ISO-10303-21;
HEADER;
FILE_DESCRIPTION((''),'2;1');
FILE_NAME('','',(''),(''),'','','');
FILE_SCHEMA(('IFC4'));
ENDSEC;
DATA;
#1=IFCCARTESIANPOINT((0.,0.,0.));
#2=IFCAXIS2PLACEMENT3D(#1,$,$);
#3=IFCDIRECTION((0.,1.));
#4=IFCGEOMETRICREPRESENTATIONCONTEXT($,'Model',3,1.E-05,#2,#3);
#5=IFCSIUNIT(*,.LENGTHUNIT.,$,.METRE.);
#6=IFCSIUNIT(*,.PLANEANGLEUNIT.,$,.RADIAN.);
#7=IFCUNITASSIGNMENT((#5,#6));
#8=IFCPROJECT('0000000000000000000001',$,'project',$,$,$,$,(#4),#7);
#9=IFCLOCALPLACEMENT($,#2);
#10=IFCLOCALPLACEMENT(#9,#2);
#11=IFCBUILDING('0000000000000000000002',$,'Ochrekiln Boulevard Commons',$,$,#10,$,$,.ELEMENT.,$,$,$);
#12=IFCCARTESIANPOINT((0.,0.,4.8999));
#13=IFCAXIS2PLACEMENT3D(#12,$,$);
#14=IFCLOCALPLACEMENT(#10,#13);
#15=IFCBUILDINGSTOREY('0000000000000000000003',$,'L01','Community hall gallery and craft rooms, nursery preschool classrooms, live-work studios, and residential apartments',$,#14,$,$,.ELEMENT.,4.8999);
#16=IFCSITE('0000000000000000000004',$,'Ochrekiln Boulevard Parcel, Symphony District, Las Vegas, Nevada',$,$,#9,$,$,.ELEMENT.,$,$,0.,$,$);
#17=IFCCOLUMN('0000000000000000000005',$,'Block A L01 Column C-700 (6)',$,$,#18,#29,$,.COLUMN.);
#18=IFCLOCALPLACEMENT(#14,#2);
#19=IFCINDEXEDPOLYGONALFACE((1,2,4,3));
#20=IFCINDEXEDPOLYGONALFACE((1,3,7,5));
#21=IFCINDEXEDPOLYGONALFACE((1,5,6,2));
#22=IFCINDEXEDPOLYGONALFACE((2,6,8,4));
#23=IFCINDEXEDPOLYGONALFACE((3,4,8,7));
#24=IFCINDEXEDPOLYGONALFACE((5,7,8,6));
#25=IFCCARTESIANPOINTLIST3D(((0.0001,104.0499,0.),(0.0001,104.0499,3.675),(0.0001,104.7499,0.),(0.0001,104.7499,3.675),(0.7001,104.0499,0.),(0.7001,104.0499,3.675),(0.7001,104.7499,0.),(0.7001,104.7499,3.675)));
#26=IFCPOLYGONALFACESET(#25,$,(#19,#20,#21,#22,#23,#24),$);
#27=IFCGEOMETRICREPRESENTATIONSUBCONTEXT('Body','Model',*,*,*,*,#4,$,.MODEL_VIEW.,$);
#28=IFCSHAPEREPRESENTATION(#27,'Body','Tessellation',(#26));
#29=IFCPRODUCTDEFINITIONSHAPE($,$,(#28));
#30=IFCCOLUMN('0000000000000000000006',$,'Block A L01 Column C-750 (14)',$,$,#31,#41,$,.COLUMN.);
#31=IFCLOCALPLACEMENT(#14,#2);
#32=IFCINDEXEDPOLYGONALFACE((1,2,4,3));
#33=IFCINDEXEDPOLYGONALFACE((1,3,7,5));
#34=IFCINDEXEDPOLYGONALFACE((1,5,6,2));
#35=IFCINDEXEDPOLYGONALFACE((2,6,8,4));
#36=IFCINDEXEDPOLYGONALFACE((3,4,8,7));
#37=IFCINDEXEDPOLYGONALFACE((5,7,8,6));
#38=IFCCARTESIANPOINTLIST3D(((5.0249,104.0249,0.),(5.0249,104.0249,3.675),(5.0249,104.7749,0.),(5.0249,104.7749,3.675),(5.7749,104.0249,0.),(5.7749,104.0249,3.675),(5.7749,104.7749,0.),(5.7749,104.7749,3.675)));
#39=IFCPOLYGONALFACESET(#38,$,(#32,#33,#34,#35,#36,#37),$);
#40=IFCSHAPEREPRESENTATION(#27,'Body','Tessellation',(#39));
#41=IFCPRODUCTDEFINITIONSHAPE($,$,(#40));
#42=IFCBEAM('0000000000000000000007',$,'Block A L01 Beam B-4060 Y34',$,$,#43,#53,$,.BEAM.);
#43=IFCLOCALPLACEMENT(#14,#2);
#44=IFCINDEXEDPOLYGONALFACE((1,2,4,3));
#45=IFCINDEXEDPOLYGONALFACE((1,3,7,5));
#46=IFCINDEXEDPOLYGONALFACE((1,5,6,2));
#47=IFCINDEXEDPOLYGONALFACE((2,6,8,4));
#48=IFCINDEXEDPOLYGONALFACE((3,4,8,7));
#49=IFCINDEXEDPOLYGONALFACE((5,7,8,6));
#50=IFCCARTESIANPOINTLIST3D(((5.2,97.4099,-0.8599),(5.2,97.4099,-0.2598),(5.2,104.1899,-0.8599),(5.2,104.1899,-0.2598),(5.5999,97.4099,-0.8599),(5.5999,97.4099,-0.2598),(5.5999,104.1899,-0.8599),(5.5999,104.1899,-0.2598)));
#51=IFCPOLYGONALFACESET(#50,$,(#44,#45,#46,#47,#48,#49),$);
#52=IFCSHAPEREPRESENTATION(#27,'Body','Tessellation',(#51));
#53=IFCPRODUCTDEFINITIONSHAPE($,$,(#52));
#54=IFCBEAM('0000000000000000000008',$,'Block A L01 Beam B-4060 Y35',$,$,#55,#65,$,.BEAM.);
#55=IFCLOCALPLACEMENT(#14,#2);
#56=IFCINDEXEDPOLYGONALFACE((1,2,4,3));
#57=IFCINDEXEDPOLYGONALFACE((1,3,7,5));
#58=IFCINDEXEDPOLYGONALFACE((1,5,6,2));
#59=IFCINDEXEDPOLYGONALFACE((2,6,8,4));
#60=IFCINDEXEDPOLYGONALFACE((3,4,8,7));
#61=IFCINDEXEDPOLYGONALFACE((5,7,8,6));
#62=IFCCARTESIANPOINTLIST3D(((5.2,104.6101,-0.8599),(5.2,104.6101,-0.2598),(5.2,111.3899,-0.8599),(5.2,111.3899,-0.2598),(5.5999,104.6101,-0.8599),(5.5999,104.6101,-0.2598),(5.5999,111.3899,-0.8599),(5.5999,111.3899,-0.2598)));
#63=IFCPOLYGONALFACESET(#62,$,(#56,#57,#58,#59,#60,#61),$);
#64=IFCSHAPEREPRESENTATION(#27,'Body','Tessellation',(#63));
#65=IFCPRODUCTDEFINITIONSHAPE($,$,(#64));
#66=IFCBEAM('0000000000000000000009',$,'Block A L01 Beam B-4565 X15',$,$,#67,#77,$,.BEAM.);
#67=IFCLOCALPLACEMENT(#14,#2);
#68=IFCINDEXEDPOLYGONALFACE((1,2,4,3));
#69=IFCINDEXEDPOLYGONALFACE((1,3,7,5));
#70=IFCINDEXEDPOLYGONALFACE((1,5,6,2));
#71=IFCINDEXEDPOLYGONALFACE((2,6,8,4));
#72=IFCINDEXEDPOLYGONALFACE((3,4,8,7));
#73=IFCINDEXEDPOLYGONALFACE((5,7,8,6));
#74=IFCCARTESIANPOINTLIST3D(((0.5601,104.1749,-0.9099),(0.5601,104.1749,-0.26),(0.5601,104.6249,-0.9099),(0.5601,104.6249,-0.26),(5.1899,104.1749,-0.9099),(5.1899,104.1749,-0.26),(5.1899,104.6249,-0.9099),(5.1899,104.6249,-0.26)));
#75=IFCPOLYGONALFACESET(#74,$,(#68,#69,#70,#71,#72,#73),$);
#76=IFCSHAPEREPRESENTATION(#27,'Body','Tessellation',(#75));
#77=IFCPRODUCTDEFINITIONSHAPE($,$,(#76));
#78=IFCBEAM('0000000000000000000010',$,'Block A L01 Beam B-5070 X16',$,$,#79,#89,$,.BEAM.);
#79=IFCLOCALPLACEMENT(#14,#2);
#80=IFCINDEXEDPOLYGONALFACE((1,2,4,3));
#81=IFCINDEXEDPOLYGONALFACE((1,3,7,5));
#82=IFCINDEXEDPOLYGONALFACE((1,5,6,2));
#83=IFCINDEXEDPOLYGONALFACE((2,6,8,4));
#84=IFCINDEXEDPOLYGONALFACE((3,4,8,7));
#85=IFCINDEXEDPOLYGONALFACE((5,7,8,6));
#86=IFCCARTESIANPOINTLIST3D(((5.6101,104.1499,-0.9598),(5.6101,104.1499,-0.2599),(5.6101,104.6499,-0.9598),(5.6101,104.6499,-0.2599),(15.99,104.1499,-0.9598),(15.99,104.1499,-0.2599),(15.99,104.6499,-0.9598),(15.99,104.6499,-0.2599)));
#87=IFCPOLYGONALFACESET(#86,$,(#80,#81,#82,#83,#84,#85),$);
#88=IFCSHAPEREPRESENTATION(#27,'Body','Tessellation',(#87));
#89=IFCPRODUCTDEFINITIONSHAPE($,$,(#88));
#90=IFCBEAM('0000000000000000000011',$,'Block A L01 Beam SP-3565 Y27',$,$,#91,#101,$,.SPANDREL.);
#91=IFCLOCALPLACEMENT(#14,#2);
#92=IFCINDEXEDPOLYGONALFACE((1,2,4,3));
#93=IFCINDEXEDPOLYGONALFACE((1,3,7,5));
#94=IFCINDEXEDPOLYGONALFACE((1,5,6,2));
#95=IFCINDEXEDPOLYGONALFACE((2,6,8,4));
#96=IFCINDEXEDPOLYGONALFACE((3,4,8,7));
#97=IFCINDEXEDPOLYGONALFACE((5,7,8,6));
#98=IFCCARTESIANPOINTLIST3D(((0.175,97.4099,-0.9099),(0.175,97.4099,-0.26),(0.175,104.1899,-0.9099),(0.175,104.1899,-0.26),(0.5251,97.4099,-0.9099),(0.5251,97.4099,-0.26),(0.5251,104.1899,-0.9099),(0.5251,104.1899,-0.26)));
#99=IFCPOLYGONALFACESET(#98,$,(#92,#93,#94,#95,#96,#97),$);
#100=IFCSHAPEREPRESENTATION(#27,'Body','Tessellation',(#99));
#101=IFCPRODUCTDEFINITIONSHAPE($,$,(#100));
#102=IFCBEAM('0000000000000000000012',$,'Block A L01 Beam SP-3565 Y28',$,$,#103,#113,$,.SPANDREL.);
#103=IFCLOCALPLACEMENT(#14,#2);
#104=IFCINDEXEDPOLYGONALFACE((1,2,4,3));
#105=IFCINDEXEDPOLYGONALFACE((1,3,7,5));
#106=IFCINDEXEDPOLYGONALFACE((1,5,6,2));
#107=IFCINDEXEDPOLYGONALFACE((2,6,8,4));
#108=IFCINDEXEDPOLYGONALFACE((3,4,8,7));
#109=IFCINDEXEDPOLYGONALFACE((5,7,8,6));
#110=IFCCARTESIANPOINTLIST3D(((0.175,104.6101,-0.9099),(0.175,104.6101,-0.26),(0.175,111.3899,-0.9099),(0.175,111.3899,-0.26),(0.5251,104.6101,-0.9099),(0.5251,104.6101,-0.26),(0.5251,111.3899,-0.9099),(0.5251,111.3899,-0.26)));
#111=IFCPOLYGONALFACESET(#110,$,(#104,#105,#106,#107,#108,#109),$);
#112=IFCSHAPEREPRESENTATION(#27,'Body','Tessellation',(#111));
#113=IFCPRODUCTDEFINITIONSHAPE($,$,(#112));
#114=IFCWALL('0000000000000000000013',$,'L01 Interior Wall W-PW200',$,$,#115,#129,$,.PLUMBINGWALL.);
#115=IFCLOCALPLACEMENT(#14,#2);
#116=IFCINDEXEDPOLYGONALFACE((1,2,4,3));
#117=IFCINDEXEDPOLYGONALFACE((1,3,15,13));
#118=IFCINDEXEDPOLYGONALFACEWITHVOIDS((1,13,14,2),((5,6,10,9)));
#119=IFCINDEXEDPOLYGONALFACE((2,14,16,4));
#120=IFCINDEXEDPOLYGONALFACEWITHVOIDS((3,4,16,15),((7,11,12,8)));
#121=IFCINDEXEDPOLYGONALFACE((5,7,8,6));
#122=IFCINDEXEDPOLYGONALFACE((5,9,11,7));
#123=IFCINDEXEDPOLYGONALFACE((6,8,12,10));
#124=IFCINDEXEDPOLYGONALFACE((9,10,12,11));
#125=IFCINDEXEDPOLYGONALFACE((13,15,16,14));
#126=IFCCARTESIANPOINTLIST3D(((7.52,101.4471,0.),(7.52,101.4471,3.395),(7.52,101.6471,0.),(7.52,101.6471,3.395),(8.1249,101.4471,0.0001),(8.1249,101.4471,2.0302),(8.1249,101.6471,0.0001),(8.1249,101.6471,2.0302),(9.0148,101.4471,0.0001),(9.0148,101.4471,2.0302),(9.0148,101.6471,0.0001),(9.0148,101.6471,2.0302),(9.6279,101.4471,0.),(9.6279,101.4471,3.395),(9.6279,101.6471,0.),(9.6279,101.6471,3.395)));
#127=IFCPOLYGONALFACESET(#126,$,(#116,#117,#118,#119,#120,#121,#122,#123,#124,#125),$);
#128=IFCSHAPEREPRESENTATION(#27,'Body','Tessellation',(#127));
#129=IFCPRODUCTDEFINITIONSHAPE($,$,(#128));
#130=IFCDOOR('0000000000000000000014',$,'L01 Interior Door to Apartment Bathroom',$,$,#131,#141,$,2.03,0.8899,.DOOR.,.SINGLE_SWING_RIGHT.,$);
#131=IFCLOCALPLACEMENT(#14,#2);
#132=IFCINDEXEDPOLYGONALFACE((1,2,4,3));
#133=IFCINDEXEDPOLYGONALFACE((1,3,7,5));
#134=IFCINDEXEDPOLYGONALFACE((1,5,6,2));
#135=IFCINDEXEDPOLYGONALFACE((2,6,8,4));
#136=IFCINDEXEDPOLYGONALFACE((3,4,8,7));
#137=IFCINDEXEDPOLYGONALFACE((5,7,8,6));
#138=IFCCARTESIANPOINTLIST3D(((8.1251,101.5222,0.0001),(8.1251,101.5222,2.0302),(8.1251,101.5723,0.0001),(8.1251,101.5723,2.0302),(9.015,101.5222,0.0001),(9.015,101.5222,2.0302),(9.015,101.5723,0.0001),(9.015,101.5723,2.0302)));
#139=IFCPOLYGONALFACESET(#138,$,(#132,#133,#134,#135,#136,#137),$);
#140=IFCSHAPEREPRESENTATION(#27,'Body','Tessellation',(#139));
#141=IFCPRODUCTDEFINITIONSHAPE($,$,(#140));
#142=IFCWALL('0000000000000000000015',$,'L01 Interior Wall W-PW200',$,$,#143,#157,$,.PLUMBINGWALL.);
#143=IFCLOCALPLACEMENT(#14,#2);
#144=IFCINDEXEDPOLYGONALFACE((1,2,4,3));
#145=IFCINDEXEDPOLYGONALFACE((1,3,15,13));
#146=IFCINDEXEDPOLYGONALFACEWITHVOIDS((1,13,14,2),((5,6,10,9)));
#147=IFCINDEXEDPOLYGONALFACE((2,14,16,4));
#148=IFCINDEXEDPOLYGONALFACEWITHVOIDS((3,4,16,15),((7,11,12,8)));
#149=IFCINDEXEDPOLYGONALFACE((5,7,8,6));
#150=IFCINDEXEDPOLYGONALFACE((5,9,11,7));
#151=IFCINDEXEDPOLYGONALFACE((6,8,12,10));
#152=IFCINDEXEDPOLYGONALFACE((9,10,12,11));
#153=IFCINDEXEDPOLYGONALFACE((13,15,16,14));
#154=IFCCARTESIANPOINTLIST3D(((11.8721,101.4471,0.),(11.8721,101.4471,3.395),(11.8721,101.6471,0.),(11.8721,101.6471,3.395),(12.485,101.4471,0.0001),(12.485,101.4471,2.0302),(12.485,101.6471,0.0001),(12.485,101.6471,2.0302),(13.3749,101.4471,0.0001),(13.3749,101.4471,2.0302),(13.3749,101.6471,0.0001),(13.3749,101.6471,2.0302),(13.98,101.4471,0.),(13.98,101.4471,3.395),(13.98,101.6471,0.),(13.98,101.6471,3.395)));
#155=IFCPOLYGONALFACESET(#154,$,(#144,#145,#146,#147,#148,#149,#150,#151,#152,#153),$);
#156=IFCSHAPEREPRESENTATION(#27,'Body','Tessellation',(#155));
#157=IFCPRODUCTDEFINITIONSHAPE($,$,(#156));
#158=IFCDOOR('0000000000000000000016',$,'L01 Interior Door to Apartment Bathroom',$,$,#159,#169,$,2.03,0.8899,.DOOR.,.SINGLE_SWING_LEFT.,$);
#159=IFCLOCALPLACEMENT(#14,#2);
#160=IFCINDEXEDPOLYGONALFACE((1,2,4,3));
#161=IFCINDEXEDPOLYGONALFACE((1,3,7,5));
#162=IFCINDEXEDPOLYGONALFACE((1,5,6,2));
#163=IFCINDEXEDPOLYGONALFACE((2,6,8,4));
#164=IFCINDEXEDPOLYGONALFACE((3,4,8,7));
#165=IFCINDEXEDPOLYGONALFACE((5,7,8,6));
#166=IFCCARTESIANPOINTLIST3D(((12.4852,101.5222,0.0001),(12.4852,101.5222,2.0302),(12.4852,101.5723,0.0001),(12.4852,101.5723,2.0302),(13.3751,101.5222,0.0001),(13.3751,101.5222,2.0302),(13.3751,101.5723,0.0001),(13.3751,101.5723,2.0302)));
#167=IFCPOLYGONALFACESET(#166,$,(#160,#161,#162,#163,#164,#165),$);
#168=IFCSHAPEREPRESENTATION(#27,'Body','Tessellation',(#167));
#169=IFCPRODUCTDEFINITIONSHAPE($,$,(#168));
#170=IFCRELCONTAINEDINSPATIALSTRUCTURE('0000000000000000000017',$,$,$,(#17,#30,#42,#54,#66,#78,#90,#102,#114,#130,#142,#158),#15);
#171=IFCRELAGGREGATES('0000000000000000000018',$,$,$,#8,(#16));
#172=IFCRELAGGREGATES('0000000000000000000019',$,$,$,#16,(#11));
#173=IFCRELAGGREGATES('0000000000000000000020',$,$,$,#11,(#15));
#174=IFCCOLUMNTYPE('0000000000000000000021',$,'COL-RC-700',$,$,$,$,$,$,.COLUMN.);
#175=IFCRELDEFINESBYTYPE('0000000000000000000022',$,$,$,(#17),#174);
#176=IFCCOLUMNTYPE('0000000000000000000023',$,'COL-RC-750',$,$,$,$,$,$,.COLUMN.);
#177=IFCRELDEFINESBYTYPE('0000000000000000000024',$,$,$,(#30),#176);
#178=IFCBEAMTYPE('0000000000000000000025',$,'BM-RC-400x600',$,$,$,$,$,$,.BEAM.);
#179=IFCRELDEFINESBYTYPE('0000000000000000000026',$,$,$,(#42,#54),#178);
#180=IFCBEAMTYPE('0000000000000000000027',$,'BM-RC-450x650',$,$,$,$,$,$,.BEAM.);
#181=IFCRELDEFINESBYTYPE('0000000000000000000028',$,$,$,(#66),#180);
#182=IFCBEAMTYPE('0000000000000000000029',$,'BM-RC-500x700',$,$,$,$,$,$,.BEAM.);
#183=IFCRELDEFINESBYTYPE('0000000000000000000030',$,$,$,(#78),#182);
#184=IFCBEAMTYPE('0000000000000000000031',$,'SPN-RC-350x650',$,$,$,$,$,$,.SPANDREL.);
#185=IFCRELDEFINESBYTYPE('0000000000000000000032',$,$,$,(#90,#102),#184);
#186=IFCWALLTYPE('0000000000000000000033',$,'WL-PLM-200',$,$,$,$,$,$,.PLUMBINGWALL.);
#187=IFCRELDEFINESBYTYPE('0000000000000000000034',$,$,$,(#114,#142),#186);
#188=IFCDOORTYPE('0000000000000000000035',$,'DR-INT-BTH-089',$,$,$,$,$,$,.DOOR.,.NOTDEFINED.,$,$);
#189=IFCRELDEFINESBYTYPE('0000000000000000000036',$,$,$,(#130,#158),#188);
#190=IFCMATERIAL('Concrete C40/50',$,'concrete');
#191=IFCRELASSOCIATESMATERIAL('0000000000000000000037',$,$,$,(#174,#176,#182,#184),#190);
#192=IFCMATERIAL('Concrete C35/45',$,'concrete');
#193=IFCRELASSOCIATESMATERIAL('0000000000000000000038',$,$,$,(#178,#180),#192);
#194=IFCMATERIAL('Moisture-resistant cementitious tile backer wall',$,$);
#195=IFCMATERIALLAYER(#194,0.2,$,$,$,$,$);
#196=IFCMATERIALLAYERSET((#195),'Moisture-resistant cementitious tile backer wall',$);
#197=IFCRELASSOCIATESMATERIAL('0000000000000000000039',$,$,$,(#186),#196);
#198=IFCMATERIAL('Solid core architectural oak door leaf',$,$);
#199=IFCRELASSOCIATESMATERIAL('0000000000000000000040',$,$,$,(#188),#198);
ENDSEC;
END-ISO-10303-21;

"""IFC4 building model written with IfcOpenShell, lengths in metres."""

from ifc_helpers import new_model, si_unit, direction, frame, frame_2d, origin, origin_2d, place, context, subcontext, project, spatial, rectangle, extrude, material, layer, layer_set, material_profile, profile_set, type_object, element, fill, save


model = new_model("IFC4")

# Units and contexts
model_context = context("Model", 3, precision=1e-05, world=origin(), true_north=direction((0.0, 1.0)))
body_context = subcontext(model_context, "Body", "Model", "MODEL_VIEW")
ifc_project = project(units=[si_unit("LENGTHUNIT", "METRE"), si_unit("PLANEANGLEUNIT", "RADIAN")], contexts=[model_context])

# Site, building, storey
site_placement = place(None, origin())
site = spatial("IfcSite", under=ifc_project, at=site_placement, Name="Ochrekiln Boulevard Parcel, Symphony District, Las Vegas, Nevada", CompositionType="ELEMENT", RefElevation=0.0)
building_placement = place(site_placement, origin())
building = spatial("IfcBuilding", under=site, at=building_placement, Name="Ochrekiln Boulevard Commons", CompositionType="ELEMENT")
storey_placement = place(building_placement, frame((0.0, 0.0, 4.8999)))
storey = spatial("IfcBuildingStorey", under=building, at=storey_placement, Name="L01", Description="Community hall gallery and craft rooms, nursery preschool classrooms, live-work studios, and residential apartments", CompositionType="ELEMENT", Elevation=4.8999)

# Columns
ifc_material_1 = material(Name="Concrete C40/50", Category="concrete")
ifc_material_profile_1 = material_profile(ifc_material_1, rectangle(XDim=0.7, YDim=0.7, at=origin_2d()), Name="RC-COL-700x700")
ifc_profile_set_1 = profile_set([ifc_material_profile_1], Name="Concrete C40/50")
column_type_1 = type_object("IfcColumnType", Name="COL-RC-700", PredefinedType="COLUMN", material=ifc_profile_set_1)
column_1_placement = place(storey_placement, frame((0.3501, 104.3999, 0.0), z_axis=(0.0, 0.0, 1.0), x_axis=(1.0, 0.0, 0.0)))
element("IfcColumn", 1, at=column_1_placement, inside=storey, type_object=column_type_1, Name="Block A L01 Column C-700 (6)", PredefinedType="COLUMN", context=body_context, shape_type="SweptSolid", body=[
    extrude(rectangle(XDim=0.7, YDim=0.7, at=origin_2d()), origin(), (0.0, 0.0, 1.0), 3.675),
])
ifc_material_profile_2 = material_profile(ifc_material_1, rectangle(XDim=0.75, YDim=0.75, at=origin_2d()), Name="RC-COL-750x750")
ifc_profile_set_2 = profile_set([ifc_material_profile_2], Name="Concrete C40/50")
column_type_2 = type_object("IfcColumnType", Name="COL-RC-750", PredefinedType="COLUMN", material=ifc_profile_set_2)
column_2_placement = place(storey_placement, frame((5.3999, 104.3999, 0.0), z_axis=(0.0, 0.0, 1.0), x_axis=(1.0, 0.0, 0.0)))
element("IfcColumn", 2, at=column_2_placement, inside=storey, type_object=column_type_2, Name="Block A L01 Column C-750 (14)", PredefinedType="COLUMN", context=body_context, shape_type="SweptSolid", body=[
    extrude(rectangle(XDim=0.75, YDim=0.75, at=origin_2d()), origin(), (0.0, 0.0, 1.0), 3.675),
])

# Beams
ifc_material_2 = material(Name="Concrete C35/45", Category="concrete")
ifc_material_profile_3 = material_profile(ifc_material_2, rectangle(XDim=0.3999, YDim=0.6001, at=origin_2d()), Name="RC-BM-400x600")
ifc_profile_set_3 = profile_set([ifc_material_profile_3], Name="Concrete C35/45")
beam_type_1 = type_object("IfcBeamType", Name="BM-RC-400x600", PredefinedType="BEAM", material=ifc_profile_set_3)
beam_1_placement = place(storey_placement, frame((5.3999, 97.4099, -0.5598), z_axis=(0.0, 1.0, 0.0), x_axis=(-1.0, 0.0, 0.0)))
element("IfcBeam", 3, at=beam_1_placement, inside=storey, type_object=beam_type_1, Name="Block A L01 Beam B-4060 Y34", PredefinedType="BEAM", context=body_context, shape_type="SweptSolid", body=[
    extrude(rectangle(XDim=0.3999, YDim=0.6001, at=origin_2d()), origin(), (0.0, 0.0, 1.0), 6.78),
])
beam_2_placement = place(storey_placement, frame((5.3999, 104.6101, -0.5598), z_axis=(0.0, 1.0, 0.0), x_axis=(-1.0, 0.0, 0.0)))
element("IfcBeam", 4, at=beam_2_placement, inside=storey, type_object=beam_type_1, Name="Block A L01 Beam B-4060 Y35", PredefinedType="BEAM", context=body_context, shape_type="SweptSolid", body=[
    extrude(rectangle(XDim=0.3999, YDim=0.6001, at=origin_2d()), origin(), (0.0, 0.0, 1.0), 6.7798),
])
ifc_material_profile_4 = material_profile(ifc_material_2, rectangle(XDim=0.45, YDim=0.6499, at=origin_2d()), Name="RC-BM-450x650")
ifc_profile_set_4 = profile_set([ifc_material_profile_4], Name="Concrete C35/45")
beam_type_2 = type_object("IfcBeamType", Name="BM-RC-450x650", PredefinedType="BEAM", material=ifc_profile_set_4)
beam_3_placement = place(storey_placement, frame((0.5601, 104.3999, -0.585), z_axis=(1.0, 0.0, 0.0), x_axis=(0.0, 1.0, 0.0)))
element("IfcBeam", 5, at=beam_3_placement, inside=storey, type_object=beam_type_2, Name="Block A L01 Beam B-4565 X15", PredefinedType="BEAM", context=body_context, shape_type="SweptSolid", body=[
    extrude(rectangle(XDim=0.45, YDim=0.6499, at=origin_2d()), origin(), (0.0, 0.0, 1.0), 4.6299),
])
ifc_material_profile_5 = material_profile(ifc_material_1, rectangle(XDim=0.5, YDim=0.7, at=origin_2d()), Name="RC-BM-500x700")
ifc_profile_set_5 = profile_set([ifc_material_profile_5], Name="Concrete C40/50")
beam_type_3 = type_object("IfcBeamType", Name="BM-RC-500x700", PredefinedType="BEAM", material=ifc_profile_set_5)
beam_4_placement = place(storey_placement, frame((5.6101, 104.3999, -0.6099), z_axis=(1.0, 0.0, 0.0), x_axis=(0.0, 1.0, 0.0)))
element("IfcBeam", 6, at=beam_4_placement, inside=storey, type_object=beam_type_3, Name="Block A L01 Beam B-5070 X16", PredefinedType="BEAM", context=body_context, shape_type="SweptSolid", body=[
    extrude(rectangle(XDim=0.5, YDim=0.7, at=origin_2d()), origin(), (0.0, 0.0, 1.0), 10.3799),
])
ifc_material_profile_6 = material_profile(ifc_material_1, rectangle(XDim=0.3501, YDim=0.6499, at=origin_2d()), Name="RC-SPN-350x650")
ifc_profile_set_6 = profile_set([ifc_material_profile_6], Name="Concrete C40/50")
beam_type_4 = type_object("IfcBeamType", Name="SPN-RC-350x650", PredefinedType="SPANDREL", material=ifc_profile_set_6)
beam_5_placement = place(storey_placement, frame((0.3501, 97.4099, -0.585), z_axis=(0.0, 1.0, 0.0), x_axis=(-1.0, 0.0, 0.0)))
element("IfcBeam", 7, at=beam_5_placement, inside=storey, type_object=beam_type_4, Name="Block A L01 Beam SP-3565 Y27", PredefinedType="SPANDREL", context=body_context, shape_type="SweptSolid", body=[
    extrude(rectangle(XDim=0.3501, YDim=0.6499, at=origin_2d()), origin(), (0.0, 0.0, 1.0), 6.78),
])
beam_6_placement = place(storey_placement, frame((0.3501, 104.6101, -0.585), z_axis=(0.0, 1.0, 0.0), x_axis=(-1.0, 0.0, 0.0)))
element("IfcBeam", 8, at=beam_6_placement, inside=storey, type_object=beam_type_4, Name="Block A L01 Beam SP-3565 Y28", PredefinedType="SPANDREL", context=body_context, shape_type="SweptSolid", body=[
    extrude(rectangle(XDim=0.3501, YDim=0.6499, at=origin_2d()), origin(), (0.0, 0.0, 1.0), 6.7798),
])

# Walls, openings, doors
ifc_material_3 = material(Name="Moisture-resistant cementitious tile backer wall")
ifc_layer_1 = layer(ifc_material_3, 0.2)
ifc_layer_set_1 = layer_set([ifc_layer_1], Name="Moisture-resistant cementitious tile backer wall")
wall_type_1 = type_object("IfcWallType", Name="WL-PLM-200", PredefinedType="PLUMBINGWALL", material=ifc_layer_set_1)
wall_1_placement = place(storey_placement, frame((7.52, 101.5471, 0.0), z_axis=(0.0, 0.0, 1.0), x_axis=(1.0, 0.0, 0.0)))
wall_1 = element("IfcWall", 9, at=wall_1_placement, inside=storey, type_object=wall_type_1, Name="L01 Interior Wall W-PW200", PredefinedType="PLUMBINGWALL", context=body_context, shape_type="SweptSolid", body=[
    extrude(rectangle(XDim=2.1079, YDim=0.2, at=frame_2d((1.054, 0.0))), origin(), (0.0, 0.0, 1.0), 3.395),
])
opening_1_placement = place(wall_1_placement, frame((0.605, 0.0, 0.0)))
opening_1 = element("IfcOpeningElement", 10, at=opening_1_placement, cuts=wall_1, PredefinedType="OPENING", context=body_context, shape_type="SweptSolid", body=[
    extrude(rectangle(XDim=0.8899, YDim=2.03, at=frame_2d((0.4448, 1.0151))), frame((0.0, 0.1099, 0.0), z_axis=(0.0, -1.0, 0.0), x_axis=(1.0, 0.0, 0.0)), (0.0, 0.0, 1.0), 0.22),
])
ifc_material_4 = material(Name="Solid core architectural oak door leaf")
door_type_1 = type_object("IfcDoorType", Name="DR-INT-BTH-089", OperationType="NOTDEFINED", PredefinedType="DOOR", material=ifc_material_4)
door_1_placement = place(opening_1_placement, frame((0.8899, 0.0, 0.0), z_axis=(0.0, 0.0, 1.0), x_axis=(-1.0, 0.0, 0.0)))
door_1 = element("IfcDoor", 11, at=door_1_placement, inside=storey, type_object=door_type_1, Name="L01 Interior Door to Apartment Bathroom", OperationType="SINGLE_SWING_RIGHT", OverallHeight=2.03, OverallWidth=0.8899, PredefinedType="DOOR", context=body_context, shape_type="SweptSolid", body=[
    extrude(rectangle(XDim=0.8899, YDim=2.03, at=frame_2d((0.4448, 1.0151))), frame((0.0, 0.0249, 0.0), z_axis=(0.0, -1.0, 0.0), x_axis=(1.0, 0.0, 0.0)), (0.0, 0.0, 1.0), 0.05),
])
fill(opening_1, door_1)
wall_2_placement = place(storey_placement, frame((11.8721, 101.5471, 0.0), z_axis=(0.0, 0.0, 1.0), x_axis=(1.0, 0.0, 0.0)))
wall_2 = element("IfcWall", 12, at=wall_2_placement, inside=storey, type_object=wall_type_1, Name="L01 Interior Wall W-PW200", PredefinedType="PLUMBINGWALL", context=body_context, shape_type="SweptSolid", body=[
    extrude(rectangle(XDim=2.1079, YDim=0.2, at=frame_2d((1.054, 0.0))), origin(), (0.0, 0.0, 1.0), 3.395),
])
opening_2_placement = place(wall_2_placement, frame((0.613, 0.0, 0.0)))
opening_2 = element("IfcOpeningElement", 13, at=opening_2_placement, cuts=wall_2, PredefinedType="OPENING", context=body_context, shape_type="SweptSolid", body=[
    extrude(rectangle(XDim=0.8899, YDim=2.03, at=frame_2d((0.4448, 1.0151))), frame((0.0, 0.1099, 0.0), z_axis=(0.0, -1.0, 0.0), x_axis=(1.0, 0.0, 0.0)), (0.0, 0.0, 1.0), 0.22),
])
door_2_placement = place(opening_2_placement, frame((0.8899, 0.0, 0.0), z_axis=(0.0, 0.0, 1.0), x_axis=(-1.0, 0.0, 0.0)))
door_2 = element("IfcDoor", 14, at=door_2_placement, inside=storey, type_object=door_type_1, Name="L01 Interior Door to Apartment Bathroom", OperationType="SINGLE_SWING_LEFT", OverallHeight=2.03, OverallWidth=0.8899, PredefinedType="DOOR", context=body_context, shape_type="SweptSolid", body=[
    extrude(rectangle(XDim=0.8899, YDim=2.03, at=frame_2d((0.4448, 1.0151))), frame((0.0, 0.0249, 0.0), z_axis=(0.0, -1.0, 0.0), x_axis=(1.0, 0.0, 0.0)), (0.0, 0.0, 1.0), 0.05),
])
fill(opening_2, door_2)

save(model, "model.ifc")
